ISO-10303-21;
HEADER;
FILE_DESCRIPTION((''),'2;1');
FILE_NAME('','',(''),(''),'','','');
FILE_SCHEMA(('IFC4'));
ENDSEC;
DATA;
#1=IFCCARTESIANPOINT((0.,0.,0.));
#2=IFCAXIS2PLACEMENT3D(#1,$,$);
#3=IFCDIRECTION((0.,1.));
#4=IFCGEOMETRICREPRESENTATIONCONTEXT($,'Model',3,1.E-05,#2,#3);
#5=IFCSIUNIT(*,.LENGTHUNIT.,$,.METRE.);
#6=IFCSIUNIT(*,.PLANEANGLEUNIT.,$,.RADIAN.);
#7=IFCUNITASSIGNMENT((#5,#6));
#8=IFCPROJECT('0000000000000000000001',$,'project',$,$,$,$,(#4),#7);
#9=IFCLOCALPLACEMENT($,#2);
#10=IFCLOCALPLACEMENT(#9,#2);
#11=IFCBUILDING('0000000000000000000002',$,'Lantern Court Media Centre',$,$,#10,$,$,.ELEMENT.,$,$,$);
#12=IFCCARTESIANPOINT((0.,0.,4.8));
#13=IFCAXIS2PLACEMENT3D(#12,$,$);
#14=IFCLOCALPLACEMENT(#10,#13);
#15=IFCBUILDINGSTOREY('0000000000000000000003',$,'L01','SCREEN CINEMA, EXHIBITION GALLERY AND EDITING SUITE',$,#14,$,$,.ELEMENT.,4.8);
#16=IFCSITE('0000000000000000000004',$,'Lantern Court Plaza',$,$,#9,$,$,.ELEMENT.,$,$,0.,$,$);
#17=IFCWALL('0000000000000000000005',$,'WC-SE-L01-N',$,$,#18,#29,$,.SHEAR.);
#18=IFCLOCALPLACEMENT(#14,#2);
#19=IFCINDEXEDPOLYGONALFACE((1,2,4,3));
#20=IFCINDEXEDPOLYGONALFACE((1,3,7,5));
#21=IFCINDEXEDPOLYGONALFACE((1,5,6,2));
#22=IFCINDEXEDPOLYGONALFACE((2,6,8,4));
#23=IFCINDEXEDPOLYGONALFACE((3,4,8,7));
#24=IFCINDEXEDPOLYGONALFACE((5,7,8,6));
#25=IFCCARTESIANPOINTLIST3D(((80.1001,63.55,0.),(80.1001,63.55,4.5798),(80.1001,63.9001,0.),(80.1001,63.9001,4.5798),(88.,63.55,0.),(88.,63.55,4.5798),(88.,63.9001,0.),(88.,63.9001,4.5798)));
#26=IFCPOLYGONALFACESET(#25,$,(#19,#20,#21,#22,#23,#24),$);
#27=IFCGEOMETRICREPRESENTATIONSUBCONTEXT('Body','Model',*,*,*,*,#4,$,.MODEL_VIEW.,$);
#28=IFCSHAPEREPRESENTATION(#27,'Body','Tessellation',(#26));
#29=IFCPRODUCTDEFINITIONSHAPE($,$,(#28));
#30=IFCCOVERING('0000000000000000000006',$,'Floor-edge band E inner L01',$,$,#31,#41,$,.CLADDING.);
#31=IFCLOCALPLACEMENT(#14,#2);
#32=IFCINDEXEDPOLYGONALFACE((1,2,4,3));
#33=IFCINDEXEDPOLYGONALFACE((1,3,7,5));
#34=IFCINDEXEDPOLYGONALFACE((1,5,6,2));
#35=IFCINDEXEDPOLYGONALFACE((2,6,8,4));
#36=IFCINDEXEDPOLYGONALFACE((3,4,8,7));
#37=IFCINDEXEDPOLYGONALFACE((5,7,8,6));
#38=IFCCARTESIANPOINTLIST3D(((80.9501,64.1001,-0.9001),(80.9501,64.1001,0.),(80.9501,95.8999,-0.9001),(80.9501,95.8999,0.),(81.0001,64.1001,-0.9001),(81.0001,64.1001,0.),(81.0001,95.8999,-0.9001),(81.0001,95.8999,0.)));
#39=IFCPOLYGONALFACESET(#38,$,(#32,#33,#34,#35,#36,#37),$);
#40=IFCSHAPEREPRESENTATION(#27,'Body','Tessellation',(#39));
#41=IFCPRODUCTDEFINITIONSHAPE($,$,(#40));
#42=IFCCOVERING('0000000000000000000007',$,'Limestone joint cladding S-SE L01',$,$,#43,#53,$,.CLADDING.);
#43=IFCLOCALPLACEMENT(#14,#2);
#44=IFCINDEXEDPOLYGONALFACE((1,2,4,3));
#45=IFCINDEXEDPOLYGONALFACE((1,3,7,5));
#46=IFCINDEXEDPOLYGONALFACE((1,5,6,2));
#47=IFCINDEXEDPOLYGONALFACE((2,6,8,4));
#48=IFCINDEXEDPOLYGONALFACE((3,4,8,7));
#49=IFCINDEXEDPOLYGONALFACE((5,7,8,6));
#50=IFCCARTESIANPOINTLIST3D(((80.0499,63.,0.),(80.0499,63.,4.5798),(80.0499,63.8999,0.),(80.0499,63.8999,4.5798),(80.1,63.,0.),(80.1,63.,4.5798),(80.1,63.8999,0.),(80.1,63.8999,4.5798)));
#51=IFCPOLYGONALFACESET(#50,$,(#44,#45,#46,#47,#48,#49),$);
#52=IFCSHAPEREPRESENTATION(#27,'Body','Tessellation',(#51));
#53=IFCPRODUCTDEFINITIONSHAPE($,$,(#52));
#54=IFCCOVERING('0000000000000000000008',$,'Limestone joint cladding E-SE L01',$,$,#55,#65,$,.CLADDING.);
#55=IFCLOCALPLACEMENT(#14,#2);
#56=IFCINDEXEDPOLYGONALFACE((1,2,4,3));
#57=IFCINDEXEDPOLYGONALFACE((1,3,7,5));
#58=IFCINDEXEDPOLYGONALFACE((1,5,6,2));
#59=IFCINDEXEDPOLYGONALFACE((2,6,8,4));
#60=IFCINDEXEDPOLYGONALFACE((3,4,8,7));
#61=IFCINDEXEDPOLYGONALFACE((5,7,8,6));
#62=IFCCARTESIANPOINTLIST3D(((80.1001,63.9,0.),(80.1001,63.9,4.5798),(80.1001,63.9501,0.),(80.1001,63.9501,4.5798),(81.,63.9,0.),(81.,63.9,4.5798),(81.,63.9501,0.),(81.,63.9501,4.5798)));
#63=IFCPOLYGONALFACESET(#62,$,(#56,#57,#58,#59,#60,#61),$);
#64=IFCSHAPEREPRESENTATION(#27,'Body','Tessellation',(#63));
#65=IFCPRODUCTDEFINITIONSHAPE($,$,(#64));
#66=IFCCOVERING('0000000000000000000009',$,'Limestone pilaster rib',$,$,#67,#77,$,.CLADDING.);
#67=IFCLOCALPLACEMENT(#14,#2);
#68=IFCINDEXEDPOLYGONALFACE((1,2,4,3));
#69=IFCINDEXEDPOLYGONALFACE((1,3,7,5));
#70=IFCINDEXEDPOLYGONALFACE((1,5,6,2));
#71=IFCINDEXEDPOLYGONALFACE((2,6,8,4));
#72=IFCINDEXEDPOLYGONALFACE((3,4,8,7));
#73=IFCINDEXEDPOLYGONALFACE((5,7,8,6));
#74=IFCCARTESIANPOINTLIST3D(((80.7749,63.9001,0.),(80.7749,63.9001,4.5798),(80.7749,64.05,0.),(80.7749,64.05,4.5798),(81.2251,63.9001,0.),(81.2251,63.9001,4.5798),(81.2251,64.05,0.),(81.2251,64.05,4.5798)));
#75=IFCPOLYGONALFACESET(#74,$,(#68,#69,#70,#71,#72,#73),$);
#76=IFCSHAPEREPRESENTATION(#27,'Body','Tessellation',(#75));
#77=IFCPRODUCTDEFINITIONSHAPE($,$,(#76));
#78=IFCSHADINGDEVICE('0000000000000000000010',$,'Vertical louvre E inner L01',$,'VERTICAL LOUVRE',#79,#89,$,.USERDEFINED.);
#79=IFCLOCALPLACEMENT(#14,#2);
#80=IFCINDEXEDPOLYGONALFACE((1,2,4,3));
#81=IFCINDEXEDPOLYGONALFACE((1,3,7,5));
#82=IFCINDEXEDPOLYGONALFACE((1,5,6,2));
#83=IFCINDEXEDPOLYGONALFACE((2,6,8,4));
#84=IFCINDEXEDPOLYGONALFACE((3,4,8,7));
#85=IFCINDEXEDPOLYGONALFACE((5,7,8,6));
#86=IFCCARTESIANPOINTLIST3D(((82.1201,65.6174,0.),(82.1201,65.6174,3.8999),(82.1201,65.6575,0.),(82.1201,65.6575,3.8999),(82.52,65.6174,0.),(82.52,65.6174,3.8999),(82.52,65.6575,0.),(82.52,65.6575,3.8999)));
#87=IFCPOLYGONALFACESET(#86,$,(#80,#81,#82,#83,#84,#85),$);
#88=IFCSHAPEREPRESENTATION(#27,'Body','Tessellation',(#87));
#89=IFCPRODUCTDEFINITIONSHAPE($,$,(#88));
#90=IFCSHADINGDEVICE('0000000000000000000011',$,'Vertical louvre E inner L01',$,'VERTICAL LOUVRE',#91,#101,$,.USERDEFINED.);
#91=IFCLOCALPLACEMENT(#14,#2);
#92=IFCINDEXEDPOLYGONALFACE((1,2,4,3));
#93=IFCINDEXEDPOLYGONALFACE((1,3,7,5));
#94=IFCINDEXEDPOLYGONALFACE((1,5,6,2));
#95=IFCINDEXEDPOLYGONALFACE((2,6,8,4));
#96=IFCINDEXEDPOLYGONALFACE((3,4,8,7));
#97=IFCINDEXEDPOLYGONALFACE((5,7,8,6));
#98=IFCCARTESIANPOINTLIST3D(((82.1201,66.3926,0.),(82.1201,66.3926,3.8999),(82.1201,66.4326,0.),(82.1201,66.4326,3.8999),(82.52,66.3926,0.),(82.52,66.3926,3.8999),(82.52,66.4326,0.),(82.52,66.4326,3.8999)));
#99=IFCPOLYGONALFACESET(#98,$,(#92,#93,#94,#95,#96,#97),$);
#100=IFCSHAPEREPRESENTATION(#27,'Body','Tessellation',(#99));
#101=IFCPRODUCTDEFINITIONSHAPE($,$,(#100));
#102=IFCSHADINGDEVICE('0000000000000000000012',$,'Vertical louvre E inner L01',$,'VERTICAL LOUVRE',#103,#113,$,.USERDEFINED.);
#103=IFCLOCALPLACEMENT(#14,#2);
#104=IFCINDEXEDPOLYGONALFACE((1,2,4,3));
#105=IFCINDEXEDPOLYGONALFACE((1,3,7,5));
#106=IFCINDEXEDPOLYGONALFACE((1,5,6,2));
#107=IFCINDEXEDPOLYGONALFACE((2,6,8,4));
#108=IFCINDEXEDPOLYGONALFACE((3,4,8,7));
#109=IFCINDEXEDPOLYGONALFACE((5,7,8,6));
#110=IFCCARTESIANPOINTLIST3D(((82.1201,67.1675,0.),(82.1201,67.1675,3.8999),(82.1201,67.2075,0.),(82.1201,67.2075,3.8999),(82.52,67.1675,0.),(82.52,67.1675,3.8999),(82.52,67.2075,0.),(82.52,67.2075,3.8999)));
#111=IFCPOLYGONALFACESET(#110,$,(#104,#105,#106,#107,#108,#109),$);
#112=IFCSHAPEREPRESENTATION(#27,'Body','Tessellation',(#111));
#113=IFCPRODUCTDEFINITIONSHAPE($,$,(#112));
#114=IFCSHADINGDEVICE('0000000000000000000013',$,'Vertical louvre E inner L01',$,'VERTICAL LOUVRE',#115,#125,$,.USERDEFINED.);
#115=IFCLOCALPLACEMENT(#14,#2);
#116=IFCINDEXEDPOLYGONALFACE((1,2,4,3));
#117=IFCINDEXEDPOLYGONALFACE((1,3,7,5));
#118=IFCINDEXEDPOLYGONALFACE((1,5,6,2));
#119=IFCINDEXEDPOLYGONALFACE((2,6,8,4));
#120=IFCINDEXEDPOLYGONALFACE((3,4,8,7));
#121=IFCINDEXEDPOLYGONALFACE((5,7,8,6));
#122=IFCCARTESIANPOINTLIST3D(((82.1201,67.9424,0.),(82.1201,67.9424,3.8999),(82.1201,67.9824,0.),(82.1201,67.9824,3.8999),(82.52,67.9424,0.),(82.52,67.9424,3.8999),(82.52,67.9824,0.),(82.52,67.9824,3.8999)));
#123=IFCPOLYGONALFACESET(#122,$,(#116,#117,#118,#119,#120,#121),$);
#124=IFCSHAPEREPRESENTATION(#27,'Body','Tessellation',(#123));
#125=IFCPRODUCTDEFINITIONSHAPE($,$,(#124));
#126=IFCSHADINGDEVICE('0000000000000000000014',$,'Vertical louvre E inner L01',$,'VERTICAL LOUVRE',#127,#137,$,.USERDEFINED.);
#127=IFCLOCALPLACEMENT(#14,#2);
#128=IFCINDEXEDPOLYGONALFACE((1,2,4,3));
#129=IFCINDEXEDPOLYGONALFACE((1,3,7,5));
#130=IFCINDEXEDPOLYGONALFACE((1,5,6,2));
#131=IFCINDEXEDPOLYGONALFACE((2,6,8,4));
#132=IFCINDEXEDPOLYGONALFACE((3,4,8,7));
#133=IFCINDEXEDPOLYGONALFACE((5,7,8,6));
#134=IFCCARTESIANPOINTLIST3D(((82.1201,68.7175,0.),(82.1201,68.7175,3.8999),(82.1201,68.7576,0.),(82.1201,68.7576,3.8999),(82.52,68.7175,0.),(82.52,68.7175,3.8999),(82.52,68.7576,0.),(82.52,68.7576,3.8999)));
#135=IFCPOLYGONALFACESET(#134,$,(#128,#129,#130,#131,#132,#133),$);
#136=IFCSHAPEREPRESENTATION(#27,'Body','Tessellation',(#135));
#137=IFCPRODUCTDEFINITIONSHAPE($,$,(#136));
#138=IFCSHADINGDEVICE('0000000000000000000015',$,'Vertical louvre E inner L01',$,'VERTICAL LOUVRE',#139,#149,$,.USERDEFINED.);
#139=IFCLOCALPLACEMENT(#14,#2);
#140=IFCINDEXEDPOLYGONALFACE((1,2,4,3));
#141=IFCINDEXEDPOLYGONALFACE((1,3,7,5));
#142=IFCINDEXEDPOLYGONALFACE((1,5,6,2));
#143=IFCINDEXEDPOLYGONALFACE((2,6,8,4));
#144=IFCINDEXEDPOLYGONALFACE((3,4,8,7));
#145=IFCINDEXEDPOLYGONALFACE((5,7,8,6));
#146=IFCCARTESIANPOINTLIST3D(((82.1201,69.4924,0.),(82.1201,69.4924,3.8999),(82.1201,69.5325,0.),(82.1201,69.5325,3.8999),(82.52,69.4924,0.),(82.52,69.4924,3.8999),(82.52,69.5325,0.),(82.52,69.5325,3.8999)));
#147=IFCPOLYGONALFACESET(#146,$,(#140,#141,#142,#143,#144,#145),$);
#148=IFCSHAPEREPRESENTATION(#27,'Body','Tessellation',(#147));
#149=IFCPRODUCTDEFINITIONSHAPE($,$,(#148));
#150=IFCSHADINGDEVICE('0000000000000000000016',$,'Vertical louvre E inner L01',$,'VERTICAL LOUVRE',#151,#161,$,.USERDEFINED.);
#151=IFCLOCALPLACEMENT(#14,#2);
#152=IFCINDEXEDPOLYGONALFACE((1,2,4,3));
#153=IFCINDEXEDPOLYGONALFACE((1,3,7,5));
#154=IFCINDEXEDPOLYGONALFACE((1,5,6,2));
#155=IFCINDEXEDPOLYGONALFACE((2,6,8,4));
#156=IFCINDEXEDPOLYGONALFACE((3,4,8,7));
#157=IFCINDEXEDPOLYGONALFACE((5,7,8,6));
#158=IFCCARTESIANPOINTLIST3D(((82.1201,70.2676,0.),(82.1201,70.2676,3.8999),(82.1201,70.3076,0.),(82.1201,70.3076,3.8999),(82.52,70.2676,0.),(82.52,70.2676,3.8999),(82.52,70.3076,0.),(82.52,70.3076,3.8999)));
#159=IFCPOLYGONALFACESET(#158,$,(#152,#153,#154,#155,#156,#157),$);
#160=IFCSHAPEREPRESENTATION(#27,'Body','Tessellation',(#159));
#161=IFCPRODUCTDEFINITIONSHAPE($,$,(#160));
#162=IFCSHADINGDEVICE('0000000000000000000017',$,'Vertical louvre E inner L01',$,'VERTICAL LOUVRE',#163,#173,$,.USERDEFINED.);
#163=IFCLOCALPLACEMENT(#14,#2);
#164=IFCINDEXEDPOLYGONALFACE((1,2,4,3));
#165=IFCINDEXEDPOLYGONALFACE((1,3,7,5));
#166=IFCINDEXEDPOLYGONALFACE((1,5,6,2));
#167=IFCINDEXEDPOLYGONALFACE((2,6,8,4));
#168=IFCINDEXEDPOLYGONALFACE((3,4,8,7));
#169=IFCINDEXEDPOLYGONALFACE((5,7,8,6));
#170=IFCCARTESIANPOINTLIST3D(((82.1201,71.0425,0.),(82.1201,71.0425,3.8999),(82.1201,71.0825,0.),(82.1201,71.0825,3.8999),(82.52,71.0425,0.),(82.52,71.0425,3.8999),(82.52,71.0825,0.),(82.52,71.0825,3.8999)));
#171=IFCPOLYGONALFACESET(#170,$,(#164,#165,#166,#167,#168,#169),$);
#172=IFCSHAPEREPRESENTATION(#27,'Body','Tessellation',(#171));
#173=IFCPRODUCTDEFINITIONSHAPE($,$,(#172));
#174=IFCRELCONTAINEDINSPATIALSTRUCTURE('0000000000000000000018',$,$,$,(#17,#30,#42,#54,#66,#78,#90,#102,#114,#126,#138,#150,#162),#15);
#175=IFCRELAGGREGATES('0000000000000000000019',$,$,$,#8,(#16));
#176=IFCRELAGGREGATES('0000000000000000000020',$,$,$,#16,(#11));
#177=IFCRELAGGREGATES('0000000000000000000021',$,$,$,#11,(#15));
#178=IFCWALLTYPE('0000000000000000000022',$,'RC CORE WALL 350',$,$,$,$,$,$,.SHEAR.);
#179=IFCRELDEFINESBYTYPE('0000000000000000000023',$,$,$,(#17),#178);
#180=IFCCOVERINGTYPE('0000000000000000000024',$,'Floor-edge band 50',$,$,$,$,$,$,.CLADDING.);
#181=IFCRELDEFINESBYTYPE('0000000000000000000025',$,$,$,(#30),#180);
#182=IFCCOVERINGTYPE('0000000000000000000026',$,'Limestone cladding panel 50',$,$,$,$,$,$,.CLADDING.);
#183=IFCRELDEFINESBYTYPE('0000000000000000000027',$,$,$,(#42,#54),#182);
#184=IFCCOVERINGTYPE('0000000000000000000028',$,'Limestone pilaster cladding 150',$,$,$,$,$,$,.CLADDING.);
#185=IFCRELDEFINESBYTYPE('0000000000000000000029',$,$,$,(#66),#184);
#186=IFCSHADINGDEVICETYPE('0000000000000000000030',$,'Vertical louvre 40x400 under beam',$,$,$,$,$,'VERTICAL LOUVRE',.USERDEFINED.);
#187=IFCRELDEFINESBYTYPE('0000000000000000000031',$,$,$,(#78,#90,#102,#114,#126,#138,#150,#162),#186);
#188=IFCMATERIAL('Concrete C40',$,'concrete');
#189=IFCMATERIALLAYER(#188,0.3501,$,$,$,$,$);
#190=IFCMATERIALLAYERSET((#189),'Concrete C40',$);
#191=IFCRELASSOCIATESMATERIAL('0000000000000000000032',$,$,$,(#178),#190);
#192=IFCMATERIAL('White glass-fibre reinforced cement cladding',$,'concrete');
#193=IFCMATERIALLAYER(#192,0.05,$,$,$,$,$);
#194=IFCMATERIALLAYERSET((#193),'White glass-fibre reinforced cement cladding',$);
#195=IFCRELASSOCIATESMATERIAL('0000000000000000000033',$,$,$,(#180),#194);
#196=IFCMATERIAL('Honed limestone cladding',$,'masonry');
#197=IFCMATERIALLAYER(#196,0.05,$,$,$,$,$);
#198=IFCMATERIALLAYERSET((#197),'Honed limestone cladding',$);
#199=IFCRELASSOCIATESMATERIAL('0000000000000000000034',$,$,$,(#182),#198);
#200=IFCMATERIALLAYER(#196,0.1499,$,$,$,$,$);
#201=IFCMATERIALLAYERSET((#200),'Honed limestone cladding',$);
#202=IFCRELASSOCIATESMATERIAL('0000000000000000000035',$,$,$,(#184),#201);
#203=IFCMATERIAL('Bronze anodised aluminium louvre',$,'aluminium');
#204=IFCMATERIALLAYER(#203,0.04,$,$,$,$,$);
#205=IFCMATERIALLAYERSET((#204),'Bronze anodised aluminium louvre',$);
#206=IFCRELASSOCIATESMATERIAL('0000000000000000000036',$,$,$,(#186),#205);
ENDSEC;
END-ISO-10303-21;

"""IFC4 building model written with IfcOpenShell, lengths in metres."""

from ifc_helpers import new_model, si_unit, direction, frame, frame_2d, origin, origin_2d, place, context, subcontext, project, spatial, rectangle, extrude, material, layer, layer_set, type_object, element, save


model = new_model("IFC4")

# Units and contexts
model_context = context("Model", 3, precision=1e-05, world=origin(), true_north=direction((0.0, 1.0)))
body_context = subcontext(model_context, "Body", "Model", "MODEL_VIEW")
ifc_project = project(units=[si_unit("LENGTHUNIT", "METRE"), si_unit("PLANEANGLEUNIT", "RADIAN")], contexts=[model_context])

# Site, building, storey
site_placement = place(None, origin())
site = spatial("IfcSite", under=ifc_project, at=site_placement, Name="Lantern Court Plaza", CompositionType="ELEMENT", RefElevation=0.0)
building_placement = place(site_placement, origin())
building = spatial("IfcBuilding", under=site, at=building_placement, Name="Lantern Court Media Centre", CompositionType="ELEMENT")
storey_placement = place(building_placement, frame((0.0, 0.0, 4.8)))
storey = spatial("IfcBuildingStorey", under=building, at=storey_placement, Name="L01", Description="SCREEN CINEMA, EXHIBITION GALLERY AND EDITING SUITE", CompositionType="ELEMENT", Elevation=4.8)

# Wall
ifc_material_1 = material(Name="Concrete C40", Category="concrete")
ifc_layer_1 = layer(ifc_material_1, 0.3501)
ifc_layer_set_1 = layer_set([ifc_layer_1], Name="Concrete C40")
wall_type_1 = type_object("IfcWallType", Name="RC CORE WALL 350", PredefinedType="SHEAR", material=ifc_layer_set_1)
wall_1_placement = place(storey_placement, frame((80.1001, 63.7251, 0.0), z_axis=(0.0, 0.0, 1.0), x_axis=(1.0, 0.0, 0.0)))
element("IfcWall", 1, at=wall_1_placement, inside=storey, type_object=wall_type_1, Name="WC-SE-L01-N", PredefinedType="SHEAR", context=body_context, shape_type="SweptSolid", body=[
    extrude(rectangle(XDim=7.8999, YDim=0.3501, at=frame_2d((3.95, 0.0))), origin(), (0.0, 0.0, 1.0), 4.5798),
])

# Covering
ifc_material_2 = material(Name="White glass-fibre reinforced cement cladding", Category="concrete")
ifc_layer_2 = layer(ifc_material_2, 0.05)
ifc_layer_set_2 = layer_set([ifc_layer_2], Name="White glass-fibre reinforced cement cladding")
covering_type_1 = type_object("IfcCoveringType", Name="Floor-edge band 50", PredefinedType="CLADDING", material=ifc_layer_set_2)
covering_1_placement = place(storey_placement, frame((80.9751, 64.1001, -0.9001), z_axis=(0.0, 0.0, 1.0), x_axis=(0.0, 1.0, 0.0)))
element("IfcCovering", 2, at=covering_1_placement, inside=storey, type_object=covering_type_1, Name="Floor-edge band E inner L01", PredefinedType="CLADDING", context=body_context, shape_type="SweptSolid", body=[
    extrude(rectangle(XDim=31.7998, YDim=0.05, at=frame_2d((15.8999, 0.0))), origin(), (0.0, 0.0, 1.0), 0.9001),
])

# Coverings
ifc_material_3 = material(Name="Honed limestone cladding", Category="masonry")
ifc_layer_3 = layer(ifc_material_3, 0.05)
ifc_layer_set_3 = layer_set([ifc_layer_3], Name="Honed limestone cladding")
covering_type_2 = type_object("IfcCoveringType", Name="Limestone cladding panel 50", PredefinedType="CLADDING", material=ifc_layer_set_3)
for number, where, z_axis, x_axis, name in (
    (3, (80.075, 63.0, 0.0), (0.0, 0.0, 1.0), (0.0, 1.0, 0.0), "Limestone joint cladding S-SE L01"),
    (4, (80.1001, 63.925, 0.0), (0.0, 0.0, 1.0), (1.0, 0.0, 0.0), "Limestone joint cladding E-SE L01"),
):
    element("IfcCovering", number, at=place(storey_placement, frame(where, z_axis=z_axis, x_axis=x_axis)), inside=storey, type_object=covering_type_2, Name=name, PredefinedType="CLADDING", context=body_context, shape_type="SweptSolid", body=[
        extrude(rectangle(XDim=0.8999, YDim=0.05, at=frame_2d((0.45, 0.0))), origin(), (0.0, 0.0, 1.0), 4.5798),
    ])
ifc_layer_4 = layer(ifc_material_3, 0.1499)
ifc_layer_set_4 = layer_set([ifc_layer_4], Name="Honed limestone cladding")
covering_type_3 = type_object("IfcCoveringType", Name="Limestone pilaster cladding 150", PredefinedType="CLADDING", material=ifc_layer_set_4)
covering_2_placement = place(storey_placement, frame((80.7749, 63.9751, 0.0), z_axis=(0.0, 0.0, 1.0), x_axis=(1.0, 0.0, 0.0)))
element("IfcCovering", 5, at=covering_2_placement, inside=storey, type_object=covering_type_3, Name="Limestone pilaster rib", PredefinedType="CLADDING", context=body_context, shape_type="SweptSolid", body=[
    extrude(rectangle(XDim=0.4502, YDim=0.1499, at=frame_2d((0.2251, 0.0))), origin(), (0.0, 0.0, 1.0), 4.5798),
])

# Shading devices
ifc_material_4 = material(Name="Bronze anodised aluminium louvre", Category="aluminium")
ifc_layer_5 = layer(ifc_material_4, 0.04)
ifc_layer_set_5 = layer_set([ifc_layer_5], Name="Bronze anodised aluminium louvre")
shading_device_type = type_object("IfcShadingDeviceType", Name="Vertical louvre 40x400 under beam", ElementType="VERTICAL LOUVRE", PredefinedType="USERDEFINED", material=ifc_layer_set_5)
for number, where, z_axis, x_axis, name in (
    (6, (82.3201, 65.6375, 0.0), (0.0, 0.0, 1.0), (1.0, 0.0, 0.0), "Vertical louvre E inner L01"),
    (7, (82.3201, 66.4126, 0.0), (0.0, 0.0, 1.0), (1.0, 0.0, 0.0), "Vertical louvre E inner L01"),
    (8, (82.3201, 67.1875, 0.0), (0.0, 0.0, 1.0), (1.0, 0.0, 0.0), "Vertical louvre E inner L01"),
    (9, (82.3201, 67.9624, 0.0), (0.0, 0.0, 1.0), (1.0, 0.0, 0.0), "Vertical louvre E inner L01"),
    (10, (82.3201, 68.7375, 0.0), (0.0, 0.0, 1.0), (1.0, 0.0, 0.0), "Vertical louvre E inner L01"),
    (11, (82.3201, 69.5125, 0.0), (0.0, 0.0, 1.0), (1.0, 0.0, 0.0), "Vertical louvre E inner L01"),
    (12, (82.3201, 70.2876, 0.0), (0.0, 0.0, 1.0), (1.0, 0.0, 0.0), "Vertical louvre E inner L01"),
    (13, (82.3201, 71.0625, 0.0), (0.0, 0.0, 1.0), (1.0, 0.0, 0.0), "Vertical louvre E inner L01"),
):
    element("IfcShadingDevice", number, at=place(storey_placement, frame(where, z_axis=z_axis, x_axis=x_axis)), inside=storey, type_object=shading_device_type, Name=name, ObjectType="VERTICAL LOUVRE", PredefinedType="USERDEFINED", context=body_context, shape_type="SweptSolid", body=[
        extrude(rectangle(XDim=0.3999, YDim=0.04, at=origin_2d()), origin(), (0.0, 0.0, 1.0), 3.8999),
    ])

save(model, "model.ifc")
